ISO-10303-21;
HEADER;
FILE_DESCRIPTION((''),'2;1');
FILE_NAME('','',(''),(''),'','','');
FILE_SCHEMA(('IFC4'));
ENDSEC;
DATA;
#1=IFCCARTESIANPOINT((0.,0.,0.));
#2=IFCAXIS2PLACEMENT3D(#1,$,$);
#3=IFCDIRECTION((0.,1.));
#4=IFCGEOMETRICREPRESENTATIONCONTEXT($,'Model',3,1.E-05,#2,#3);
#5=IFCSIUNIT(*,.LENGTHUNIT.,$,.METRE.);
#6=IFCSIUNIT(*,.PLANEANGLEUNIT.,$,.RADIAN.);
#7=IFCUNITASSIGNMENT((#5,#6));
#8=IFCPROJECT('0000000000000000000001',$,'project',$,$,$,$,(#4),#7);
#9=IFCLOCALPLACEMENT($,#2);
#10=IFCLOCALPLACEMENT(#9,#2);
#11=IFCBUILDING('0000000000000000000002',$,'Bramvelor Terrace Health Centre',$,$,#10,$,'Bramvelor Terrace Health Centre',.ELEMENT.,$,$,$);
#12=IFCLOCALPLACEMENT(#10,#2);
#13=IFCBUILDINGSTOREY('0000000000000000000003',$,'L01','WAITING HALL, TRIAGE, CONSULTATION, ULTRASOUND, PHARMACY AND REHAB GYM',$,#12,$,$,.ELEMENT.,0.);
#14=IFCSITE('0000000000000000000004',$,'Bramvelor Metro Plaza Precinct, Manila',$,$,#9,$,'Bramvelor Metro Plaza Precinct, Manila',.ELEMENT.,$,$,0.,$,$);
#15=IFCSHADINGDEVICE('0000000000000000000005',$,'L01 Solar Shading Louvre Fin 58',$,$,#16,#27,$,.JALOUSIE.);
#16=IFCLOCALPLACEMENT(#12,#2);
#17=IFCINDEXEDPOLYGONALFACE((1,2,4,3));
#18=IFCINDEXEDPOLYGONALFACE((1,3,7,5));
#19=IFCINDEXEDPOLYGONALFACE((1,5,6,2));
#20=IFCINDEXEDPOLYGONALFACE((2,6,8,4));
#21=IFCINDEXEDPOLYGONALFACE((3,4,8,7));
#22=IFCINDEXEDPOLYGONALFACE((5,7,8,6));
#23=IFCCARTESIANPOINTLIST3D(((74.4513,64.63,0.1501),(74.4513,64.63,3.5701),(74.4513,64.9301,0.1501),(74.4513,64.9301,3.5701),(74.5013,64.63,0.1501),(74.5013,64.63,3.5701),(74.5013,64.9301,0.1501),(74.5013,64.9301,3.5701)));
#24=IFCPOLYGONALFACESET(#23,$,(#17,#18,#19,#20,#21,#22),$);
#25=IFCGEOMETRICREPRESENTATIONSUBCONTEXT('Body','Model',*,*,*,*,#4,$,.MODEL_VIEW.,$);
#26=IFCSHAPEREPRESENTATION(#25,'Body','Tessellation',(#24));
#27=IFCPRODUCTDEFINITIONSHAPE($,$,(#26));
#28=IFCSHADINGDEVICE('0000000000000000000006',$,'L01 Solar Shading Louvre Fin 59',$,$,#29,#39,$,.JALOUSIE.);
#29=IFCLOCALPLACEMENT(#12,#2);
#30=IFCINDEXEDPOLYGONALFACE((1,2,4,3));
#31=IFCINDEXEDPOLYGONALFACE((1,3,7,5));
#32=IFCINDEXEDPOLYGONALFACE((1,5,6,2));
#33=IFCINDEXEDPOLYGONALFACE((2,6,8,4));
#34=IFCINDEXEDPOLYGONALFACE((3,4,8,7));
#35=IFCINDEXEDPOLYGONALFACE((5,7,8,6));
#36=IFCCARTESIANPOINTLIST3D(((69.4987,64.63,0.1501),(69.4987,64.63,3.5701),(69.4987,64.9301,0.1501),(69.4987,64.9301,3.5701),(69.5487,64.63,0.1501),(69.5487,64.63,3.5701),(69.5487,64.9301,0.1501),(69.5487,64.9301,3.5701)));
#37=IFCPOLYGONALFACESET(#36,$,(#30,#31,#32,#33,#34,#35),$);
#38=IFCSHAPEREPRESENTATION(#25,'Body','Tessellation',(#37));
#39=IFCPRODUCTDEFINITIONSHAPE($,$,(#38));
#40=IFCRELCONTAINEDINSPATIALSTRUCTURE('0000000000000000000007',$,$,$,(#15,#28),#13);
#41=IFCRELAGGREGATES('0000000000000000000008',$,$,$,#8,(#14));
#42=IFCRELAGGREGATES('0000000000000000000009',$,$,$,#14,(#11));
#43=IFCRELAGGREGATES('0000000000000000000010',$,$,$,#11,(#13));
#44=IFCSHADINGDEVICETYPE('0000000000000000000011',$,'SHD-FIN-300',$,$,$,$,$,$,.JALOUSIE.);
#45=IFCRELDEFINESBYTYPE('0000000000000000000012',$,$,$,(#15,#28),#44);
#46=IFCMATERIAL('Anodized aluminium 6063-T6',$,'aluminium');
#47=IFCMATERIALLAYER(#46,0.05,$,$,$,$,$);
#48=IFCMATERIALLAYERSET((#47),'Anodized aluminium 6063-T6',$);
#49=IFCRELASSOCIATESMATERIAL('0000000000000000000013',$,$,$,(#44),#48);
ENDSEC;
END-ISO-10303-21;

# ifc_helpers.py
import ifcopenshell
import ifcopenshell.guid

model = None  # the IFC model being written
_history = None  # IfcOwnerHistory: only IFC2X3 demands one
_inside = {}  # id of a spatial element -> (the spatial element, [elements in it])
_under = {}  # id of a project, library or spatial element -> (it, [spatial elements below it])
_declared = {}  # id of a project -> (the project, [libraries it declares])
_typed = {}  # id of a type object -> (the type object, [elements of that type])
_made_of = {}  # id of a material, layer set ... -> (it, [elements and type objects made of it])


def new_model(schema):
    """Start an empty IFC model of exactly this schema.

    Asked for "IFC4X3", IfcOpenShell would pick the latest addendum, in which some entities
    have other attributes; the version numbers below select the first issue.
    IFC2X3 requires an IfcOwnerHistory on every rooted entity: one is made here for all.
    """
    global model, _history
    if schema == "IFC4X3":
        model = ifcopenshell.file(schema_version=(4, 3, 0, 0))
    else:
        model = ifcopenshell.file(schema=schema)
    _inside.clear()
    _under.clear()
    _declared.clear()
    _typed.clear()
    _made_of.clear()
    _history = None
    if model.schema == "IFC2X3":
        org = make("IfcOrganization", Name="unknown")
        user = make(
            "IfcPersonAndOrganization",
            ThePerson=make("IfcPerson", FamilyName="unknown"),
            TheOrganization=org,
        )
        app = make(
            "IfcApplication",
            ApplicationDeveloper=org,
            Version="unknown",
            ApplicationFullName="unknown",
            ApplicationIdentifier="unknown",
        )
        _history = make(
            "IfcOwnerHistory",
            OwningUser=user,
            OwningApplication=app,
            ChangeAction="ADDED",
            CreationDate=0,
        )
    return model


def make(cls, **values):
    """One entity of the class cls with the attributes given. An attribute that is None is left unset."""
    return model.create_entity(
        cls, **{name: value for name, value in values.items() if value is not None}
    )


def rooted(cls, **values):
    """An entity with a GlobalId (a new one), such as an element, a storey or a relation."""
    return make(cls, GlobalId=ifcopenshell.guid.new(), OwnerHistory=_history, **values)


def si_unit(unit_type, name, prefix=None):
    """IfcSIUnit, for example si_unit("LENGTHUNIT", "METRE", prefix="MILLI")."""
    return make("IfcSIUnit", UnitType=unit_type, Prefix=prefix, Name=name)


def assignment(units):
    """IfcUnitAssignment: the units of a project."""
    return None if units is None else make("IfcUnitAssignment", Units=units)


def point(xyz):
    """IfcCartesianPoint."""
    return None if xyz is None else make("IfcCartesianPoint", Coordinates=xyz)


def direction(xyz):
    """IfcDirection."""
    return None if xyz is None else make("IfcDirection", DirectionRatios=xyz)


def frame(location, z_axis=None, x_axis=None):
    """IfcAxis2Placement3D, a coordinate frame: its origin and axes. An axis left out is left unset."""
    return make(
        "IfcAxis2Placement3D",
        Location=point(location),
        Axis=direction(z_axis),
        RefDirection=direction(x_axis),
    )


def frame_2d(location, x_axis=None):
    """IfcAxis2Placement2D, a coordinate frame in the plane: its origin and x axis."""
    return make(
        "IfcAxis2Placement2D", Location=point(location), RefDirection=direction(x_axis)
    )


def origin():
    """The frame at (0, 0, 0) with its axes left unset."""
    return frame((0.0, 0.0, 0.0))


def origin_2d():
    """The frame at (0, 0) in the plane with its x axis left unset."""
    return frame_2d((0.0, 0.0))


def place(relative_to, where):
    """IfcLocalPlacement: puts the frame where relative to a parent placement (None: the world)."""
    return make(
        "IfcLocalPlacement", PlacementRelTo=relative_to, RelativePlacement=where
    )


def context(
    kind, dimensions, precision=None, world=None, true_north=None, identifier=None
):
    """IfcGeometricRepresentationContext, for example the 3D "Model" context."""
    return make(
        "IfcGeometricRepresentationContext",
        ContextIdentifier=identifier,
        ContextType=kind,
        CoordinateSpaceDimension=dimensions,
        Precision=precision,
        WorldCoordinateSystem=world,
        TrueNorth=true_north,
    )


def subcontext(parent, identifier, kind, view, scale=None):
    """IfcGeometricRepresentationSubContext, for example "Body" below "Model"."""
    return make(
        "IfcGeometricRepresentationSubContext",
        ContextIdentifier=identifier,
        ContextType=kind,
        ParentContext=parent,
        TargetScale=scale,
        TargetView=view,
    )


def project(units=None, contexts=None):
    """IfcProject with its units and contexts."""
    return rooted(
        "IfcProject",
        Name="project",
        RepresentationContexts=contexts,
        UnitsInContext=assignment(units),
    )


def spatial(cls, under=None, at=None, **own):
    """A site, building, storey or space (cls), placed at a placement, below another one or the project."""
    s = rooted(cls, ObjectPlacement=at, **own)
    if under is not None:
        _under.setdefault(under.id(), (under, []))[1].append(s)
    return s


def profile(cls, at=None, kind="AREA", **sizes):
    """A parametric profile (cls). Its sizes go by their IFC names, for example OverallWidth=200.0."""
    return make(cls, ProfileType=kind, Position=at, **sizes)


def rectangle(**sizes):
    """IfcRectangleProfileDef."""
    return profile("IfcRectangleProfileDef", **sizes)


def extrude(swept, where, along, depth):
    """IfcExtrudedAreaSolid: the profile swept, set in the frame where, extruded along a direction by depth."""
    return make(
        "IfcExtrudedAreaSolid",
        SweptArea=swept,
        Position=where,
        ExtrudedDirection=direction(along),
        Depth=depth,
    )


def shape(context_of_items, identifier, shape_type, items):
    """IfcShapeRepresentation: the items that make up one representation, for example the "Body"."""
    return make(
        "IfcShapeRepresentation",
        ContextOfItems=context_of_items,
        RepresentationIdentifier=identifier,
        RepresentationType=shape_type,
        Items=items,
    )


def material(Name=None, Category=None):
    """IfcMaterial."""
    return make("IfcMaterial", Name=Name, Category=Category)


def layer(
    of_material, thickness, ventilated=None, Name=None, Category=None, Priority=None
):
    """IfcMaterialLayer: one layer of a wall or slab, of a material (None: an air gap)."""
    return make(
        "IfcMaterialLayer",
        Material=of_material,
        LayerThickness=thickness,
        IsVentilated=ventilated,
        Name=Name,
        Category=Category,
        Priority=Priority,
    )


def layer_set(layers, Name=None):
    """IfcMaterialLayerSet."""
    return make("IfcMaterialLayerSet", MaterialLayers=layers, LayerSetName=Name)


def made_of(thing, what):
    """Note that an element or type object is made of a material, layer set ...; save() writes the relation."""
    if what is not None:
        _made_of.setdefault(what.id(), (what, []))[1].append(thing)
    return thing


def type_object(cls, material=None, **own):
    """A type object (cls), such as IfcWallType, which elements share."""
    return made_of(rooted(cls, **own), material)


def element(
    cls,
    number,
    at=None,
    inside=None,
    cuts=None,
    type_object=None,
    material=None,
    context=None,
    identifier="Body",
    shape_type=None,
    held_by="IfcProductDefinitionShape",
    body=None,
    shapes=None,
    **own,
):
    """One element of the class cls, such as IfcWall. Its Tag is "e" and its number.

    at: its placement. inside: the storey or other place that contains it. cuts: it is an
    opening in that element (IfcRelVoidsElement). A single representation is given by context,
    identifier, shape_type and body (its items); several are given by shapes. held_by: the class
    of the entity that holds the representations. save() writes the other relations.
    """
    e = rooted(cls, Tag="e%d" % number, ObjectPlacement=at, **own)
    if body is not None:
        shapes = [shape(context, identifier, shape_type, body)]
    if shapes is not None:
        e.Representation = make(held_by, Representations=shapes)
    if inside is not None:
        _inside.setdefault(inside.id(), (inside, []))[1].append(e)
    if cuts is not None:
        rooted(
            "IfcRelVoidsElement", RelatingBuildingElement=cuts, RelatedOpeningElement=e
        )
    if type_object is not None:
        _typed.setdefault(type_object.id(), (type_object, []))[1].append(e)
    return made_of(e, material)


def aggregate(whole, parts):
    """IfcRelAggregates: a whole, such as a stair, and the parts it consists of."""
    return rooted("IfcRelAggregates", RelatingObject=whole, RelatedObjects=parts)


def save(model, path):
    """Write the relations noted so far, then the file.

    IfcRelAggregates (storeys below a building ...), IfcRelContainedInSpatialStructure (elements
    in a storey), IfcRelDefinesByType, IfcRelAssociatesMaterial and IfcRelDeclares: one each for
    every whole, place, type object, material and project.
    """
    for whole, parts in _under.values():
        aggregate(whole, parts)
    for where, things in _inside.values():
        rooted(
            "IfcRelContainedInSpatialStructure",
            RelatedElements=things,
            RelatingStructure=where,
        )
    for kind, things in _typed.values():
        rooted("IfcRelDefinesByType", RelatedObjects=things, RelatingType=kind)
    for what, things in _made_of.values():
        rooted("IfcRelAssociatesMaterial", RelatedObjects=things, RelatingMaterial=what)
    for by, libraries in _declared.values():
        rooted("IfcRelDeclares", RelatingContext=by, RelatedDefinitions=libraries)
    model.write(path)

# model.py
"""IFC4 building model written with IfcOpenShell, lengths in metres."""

from ifc_helpers import new_model, si_unit, direction, frame, origin, origin_2d, place, context, subcontext, project, spatial, rectangle, extrude, material, layer, layer_set, type_object, element, save


model = new_model("IFC4")

# Units and contexts
model_context = context("Model", 3, precision=1e-05, world=origin(), true_north=direction((0.0, 1.0)))
body_context = subcontext(model_context, "Body", "Model", "MODEL_VIEW")
ifc_project = project(units=[si_unit("LENGTHUNIT", "METRE"), si_unit("PLANEANGLEUNIT", "RADIAN")], contexts=[model_context])

# Site, building, storey
site_placement = place(None, origin())
site = spatial("IfcSite", under=ifc_project, at=site_placement, Name="Bramvelor Metro Plaza Precinct, Manila", LongName="Bramvelor Metro Plaza Precinct, Manila", CompositionType="ELEMENT", RefElevation=0.0)
building_placement = place(site_placement, origin())
building = spatial("IfcBuilding", under=site, at=building_placement, Name="Bramvelor Terrace Health Centre", LongName="Bramvelor Terrace Health Centre", CompositionType="ELEMENT")
storey_placement = place(building_placement, origin())
storey = spatial("IfcBuildingStorey", under=building, at=storey_placement, Name="L01", Description="WAITING HALL, TRIAGE, CONSULTATION, ULTRASOUND, PHARMACY AND REHAB GYM", CompositionType="ELEMENT", Elevation=0.0)

# Shading devices
ifc_material_1 = material(Name="Anodized aluminium 6063-T6", Category="aluminium")
ifc_layer_1 = layer(ifc_material_1, 0.05)
ifc_layer_set_1 = layer_set([ifc_layer_1], Name="Anodized aluminium 6063-T6")
shading_device_type = type_object("IfcShadingDeviceType", Name="SHD-FIN-300", PredefinedType="JALOUSIE", material=ifc_layer_set_1)
for number, where, z_axis, x_axis, name in (
    (1, (74.4763, 64.78, 0.1501), (0.0, 0.0, 1.0), (1.0, 0.0, 0.0), "L01 Solar Shading Louvre Fin 58"),
    (2, (69.5237, 64.78, 0.1501), (0.0, 0.0, 1.0), (1.0, 0.0, 0.0), "L01 Solar Shading Louvre Fin 59"),
):
    element("IfcShadingDevice", number, at=place(storey_placement, frame(where, z_axis=z_axis, x_axis=x_axis)), inside=storey, type_object=shading_device_type, Name=name, PredefinedType="JALOUSIE", context=body_context, shape_type="SweptSolid", body=[
        extrude(rectangle(XDim=0.05, YDim=0.3, at=origin_2d()), origin(), (0.0, 0.0, 1.0), 3.4199),
    ])

save(model, "model.ifc")
